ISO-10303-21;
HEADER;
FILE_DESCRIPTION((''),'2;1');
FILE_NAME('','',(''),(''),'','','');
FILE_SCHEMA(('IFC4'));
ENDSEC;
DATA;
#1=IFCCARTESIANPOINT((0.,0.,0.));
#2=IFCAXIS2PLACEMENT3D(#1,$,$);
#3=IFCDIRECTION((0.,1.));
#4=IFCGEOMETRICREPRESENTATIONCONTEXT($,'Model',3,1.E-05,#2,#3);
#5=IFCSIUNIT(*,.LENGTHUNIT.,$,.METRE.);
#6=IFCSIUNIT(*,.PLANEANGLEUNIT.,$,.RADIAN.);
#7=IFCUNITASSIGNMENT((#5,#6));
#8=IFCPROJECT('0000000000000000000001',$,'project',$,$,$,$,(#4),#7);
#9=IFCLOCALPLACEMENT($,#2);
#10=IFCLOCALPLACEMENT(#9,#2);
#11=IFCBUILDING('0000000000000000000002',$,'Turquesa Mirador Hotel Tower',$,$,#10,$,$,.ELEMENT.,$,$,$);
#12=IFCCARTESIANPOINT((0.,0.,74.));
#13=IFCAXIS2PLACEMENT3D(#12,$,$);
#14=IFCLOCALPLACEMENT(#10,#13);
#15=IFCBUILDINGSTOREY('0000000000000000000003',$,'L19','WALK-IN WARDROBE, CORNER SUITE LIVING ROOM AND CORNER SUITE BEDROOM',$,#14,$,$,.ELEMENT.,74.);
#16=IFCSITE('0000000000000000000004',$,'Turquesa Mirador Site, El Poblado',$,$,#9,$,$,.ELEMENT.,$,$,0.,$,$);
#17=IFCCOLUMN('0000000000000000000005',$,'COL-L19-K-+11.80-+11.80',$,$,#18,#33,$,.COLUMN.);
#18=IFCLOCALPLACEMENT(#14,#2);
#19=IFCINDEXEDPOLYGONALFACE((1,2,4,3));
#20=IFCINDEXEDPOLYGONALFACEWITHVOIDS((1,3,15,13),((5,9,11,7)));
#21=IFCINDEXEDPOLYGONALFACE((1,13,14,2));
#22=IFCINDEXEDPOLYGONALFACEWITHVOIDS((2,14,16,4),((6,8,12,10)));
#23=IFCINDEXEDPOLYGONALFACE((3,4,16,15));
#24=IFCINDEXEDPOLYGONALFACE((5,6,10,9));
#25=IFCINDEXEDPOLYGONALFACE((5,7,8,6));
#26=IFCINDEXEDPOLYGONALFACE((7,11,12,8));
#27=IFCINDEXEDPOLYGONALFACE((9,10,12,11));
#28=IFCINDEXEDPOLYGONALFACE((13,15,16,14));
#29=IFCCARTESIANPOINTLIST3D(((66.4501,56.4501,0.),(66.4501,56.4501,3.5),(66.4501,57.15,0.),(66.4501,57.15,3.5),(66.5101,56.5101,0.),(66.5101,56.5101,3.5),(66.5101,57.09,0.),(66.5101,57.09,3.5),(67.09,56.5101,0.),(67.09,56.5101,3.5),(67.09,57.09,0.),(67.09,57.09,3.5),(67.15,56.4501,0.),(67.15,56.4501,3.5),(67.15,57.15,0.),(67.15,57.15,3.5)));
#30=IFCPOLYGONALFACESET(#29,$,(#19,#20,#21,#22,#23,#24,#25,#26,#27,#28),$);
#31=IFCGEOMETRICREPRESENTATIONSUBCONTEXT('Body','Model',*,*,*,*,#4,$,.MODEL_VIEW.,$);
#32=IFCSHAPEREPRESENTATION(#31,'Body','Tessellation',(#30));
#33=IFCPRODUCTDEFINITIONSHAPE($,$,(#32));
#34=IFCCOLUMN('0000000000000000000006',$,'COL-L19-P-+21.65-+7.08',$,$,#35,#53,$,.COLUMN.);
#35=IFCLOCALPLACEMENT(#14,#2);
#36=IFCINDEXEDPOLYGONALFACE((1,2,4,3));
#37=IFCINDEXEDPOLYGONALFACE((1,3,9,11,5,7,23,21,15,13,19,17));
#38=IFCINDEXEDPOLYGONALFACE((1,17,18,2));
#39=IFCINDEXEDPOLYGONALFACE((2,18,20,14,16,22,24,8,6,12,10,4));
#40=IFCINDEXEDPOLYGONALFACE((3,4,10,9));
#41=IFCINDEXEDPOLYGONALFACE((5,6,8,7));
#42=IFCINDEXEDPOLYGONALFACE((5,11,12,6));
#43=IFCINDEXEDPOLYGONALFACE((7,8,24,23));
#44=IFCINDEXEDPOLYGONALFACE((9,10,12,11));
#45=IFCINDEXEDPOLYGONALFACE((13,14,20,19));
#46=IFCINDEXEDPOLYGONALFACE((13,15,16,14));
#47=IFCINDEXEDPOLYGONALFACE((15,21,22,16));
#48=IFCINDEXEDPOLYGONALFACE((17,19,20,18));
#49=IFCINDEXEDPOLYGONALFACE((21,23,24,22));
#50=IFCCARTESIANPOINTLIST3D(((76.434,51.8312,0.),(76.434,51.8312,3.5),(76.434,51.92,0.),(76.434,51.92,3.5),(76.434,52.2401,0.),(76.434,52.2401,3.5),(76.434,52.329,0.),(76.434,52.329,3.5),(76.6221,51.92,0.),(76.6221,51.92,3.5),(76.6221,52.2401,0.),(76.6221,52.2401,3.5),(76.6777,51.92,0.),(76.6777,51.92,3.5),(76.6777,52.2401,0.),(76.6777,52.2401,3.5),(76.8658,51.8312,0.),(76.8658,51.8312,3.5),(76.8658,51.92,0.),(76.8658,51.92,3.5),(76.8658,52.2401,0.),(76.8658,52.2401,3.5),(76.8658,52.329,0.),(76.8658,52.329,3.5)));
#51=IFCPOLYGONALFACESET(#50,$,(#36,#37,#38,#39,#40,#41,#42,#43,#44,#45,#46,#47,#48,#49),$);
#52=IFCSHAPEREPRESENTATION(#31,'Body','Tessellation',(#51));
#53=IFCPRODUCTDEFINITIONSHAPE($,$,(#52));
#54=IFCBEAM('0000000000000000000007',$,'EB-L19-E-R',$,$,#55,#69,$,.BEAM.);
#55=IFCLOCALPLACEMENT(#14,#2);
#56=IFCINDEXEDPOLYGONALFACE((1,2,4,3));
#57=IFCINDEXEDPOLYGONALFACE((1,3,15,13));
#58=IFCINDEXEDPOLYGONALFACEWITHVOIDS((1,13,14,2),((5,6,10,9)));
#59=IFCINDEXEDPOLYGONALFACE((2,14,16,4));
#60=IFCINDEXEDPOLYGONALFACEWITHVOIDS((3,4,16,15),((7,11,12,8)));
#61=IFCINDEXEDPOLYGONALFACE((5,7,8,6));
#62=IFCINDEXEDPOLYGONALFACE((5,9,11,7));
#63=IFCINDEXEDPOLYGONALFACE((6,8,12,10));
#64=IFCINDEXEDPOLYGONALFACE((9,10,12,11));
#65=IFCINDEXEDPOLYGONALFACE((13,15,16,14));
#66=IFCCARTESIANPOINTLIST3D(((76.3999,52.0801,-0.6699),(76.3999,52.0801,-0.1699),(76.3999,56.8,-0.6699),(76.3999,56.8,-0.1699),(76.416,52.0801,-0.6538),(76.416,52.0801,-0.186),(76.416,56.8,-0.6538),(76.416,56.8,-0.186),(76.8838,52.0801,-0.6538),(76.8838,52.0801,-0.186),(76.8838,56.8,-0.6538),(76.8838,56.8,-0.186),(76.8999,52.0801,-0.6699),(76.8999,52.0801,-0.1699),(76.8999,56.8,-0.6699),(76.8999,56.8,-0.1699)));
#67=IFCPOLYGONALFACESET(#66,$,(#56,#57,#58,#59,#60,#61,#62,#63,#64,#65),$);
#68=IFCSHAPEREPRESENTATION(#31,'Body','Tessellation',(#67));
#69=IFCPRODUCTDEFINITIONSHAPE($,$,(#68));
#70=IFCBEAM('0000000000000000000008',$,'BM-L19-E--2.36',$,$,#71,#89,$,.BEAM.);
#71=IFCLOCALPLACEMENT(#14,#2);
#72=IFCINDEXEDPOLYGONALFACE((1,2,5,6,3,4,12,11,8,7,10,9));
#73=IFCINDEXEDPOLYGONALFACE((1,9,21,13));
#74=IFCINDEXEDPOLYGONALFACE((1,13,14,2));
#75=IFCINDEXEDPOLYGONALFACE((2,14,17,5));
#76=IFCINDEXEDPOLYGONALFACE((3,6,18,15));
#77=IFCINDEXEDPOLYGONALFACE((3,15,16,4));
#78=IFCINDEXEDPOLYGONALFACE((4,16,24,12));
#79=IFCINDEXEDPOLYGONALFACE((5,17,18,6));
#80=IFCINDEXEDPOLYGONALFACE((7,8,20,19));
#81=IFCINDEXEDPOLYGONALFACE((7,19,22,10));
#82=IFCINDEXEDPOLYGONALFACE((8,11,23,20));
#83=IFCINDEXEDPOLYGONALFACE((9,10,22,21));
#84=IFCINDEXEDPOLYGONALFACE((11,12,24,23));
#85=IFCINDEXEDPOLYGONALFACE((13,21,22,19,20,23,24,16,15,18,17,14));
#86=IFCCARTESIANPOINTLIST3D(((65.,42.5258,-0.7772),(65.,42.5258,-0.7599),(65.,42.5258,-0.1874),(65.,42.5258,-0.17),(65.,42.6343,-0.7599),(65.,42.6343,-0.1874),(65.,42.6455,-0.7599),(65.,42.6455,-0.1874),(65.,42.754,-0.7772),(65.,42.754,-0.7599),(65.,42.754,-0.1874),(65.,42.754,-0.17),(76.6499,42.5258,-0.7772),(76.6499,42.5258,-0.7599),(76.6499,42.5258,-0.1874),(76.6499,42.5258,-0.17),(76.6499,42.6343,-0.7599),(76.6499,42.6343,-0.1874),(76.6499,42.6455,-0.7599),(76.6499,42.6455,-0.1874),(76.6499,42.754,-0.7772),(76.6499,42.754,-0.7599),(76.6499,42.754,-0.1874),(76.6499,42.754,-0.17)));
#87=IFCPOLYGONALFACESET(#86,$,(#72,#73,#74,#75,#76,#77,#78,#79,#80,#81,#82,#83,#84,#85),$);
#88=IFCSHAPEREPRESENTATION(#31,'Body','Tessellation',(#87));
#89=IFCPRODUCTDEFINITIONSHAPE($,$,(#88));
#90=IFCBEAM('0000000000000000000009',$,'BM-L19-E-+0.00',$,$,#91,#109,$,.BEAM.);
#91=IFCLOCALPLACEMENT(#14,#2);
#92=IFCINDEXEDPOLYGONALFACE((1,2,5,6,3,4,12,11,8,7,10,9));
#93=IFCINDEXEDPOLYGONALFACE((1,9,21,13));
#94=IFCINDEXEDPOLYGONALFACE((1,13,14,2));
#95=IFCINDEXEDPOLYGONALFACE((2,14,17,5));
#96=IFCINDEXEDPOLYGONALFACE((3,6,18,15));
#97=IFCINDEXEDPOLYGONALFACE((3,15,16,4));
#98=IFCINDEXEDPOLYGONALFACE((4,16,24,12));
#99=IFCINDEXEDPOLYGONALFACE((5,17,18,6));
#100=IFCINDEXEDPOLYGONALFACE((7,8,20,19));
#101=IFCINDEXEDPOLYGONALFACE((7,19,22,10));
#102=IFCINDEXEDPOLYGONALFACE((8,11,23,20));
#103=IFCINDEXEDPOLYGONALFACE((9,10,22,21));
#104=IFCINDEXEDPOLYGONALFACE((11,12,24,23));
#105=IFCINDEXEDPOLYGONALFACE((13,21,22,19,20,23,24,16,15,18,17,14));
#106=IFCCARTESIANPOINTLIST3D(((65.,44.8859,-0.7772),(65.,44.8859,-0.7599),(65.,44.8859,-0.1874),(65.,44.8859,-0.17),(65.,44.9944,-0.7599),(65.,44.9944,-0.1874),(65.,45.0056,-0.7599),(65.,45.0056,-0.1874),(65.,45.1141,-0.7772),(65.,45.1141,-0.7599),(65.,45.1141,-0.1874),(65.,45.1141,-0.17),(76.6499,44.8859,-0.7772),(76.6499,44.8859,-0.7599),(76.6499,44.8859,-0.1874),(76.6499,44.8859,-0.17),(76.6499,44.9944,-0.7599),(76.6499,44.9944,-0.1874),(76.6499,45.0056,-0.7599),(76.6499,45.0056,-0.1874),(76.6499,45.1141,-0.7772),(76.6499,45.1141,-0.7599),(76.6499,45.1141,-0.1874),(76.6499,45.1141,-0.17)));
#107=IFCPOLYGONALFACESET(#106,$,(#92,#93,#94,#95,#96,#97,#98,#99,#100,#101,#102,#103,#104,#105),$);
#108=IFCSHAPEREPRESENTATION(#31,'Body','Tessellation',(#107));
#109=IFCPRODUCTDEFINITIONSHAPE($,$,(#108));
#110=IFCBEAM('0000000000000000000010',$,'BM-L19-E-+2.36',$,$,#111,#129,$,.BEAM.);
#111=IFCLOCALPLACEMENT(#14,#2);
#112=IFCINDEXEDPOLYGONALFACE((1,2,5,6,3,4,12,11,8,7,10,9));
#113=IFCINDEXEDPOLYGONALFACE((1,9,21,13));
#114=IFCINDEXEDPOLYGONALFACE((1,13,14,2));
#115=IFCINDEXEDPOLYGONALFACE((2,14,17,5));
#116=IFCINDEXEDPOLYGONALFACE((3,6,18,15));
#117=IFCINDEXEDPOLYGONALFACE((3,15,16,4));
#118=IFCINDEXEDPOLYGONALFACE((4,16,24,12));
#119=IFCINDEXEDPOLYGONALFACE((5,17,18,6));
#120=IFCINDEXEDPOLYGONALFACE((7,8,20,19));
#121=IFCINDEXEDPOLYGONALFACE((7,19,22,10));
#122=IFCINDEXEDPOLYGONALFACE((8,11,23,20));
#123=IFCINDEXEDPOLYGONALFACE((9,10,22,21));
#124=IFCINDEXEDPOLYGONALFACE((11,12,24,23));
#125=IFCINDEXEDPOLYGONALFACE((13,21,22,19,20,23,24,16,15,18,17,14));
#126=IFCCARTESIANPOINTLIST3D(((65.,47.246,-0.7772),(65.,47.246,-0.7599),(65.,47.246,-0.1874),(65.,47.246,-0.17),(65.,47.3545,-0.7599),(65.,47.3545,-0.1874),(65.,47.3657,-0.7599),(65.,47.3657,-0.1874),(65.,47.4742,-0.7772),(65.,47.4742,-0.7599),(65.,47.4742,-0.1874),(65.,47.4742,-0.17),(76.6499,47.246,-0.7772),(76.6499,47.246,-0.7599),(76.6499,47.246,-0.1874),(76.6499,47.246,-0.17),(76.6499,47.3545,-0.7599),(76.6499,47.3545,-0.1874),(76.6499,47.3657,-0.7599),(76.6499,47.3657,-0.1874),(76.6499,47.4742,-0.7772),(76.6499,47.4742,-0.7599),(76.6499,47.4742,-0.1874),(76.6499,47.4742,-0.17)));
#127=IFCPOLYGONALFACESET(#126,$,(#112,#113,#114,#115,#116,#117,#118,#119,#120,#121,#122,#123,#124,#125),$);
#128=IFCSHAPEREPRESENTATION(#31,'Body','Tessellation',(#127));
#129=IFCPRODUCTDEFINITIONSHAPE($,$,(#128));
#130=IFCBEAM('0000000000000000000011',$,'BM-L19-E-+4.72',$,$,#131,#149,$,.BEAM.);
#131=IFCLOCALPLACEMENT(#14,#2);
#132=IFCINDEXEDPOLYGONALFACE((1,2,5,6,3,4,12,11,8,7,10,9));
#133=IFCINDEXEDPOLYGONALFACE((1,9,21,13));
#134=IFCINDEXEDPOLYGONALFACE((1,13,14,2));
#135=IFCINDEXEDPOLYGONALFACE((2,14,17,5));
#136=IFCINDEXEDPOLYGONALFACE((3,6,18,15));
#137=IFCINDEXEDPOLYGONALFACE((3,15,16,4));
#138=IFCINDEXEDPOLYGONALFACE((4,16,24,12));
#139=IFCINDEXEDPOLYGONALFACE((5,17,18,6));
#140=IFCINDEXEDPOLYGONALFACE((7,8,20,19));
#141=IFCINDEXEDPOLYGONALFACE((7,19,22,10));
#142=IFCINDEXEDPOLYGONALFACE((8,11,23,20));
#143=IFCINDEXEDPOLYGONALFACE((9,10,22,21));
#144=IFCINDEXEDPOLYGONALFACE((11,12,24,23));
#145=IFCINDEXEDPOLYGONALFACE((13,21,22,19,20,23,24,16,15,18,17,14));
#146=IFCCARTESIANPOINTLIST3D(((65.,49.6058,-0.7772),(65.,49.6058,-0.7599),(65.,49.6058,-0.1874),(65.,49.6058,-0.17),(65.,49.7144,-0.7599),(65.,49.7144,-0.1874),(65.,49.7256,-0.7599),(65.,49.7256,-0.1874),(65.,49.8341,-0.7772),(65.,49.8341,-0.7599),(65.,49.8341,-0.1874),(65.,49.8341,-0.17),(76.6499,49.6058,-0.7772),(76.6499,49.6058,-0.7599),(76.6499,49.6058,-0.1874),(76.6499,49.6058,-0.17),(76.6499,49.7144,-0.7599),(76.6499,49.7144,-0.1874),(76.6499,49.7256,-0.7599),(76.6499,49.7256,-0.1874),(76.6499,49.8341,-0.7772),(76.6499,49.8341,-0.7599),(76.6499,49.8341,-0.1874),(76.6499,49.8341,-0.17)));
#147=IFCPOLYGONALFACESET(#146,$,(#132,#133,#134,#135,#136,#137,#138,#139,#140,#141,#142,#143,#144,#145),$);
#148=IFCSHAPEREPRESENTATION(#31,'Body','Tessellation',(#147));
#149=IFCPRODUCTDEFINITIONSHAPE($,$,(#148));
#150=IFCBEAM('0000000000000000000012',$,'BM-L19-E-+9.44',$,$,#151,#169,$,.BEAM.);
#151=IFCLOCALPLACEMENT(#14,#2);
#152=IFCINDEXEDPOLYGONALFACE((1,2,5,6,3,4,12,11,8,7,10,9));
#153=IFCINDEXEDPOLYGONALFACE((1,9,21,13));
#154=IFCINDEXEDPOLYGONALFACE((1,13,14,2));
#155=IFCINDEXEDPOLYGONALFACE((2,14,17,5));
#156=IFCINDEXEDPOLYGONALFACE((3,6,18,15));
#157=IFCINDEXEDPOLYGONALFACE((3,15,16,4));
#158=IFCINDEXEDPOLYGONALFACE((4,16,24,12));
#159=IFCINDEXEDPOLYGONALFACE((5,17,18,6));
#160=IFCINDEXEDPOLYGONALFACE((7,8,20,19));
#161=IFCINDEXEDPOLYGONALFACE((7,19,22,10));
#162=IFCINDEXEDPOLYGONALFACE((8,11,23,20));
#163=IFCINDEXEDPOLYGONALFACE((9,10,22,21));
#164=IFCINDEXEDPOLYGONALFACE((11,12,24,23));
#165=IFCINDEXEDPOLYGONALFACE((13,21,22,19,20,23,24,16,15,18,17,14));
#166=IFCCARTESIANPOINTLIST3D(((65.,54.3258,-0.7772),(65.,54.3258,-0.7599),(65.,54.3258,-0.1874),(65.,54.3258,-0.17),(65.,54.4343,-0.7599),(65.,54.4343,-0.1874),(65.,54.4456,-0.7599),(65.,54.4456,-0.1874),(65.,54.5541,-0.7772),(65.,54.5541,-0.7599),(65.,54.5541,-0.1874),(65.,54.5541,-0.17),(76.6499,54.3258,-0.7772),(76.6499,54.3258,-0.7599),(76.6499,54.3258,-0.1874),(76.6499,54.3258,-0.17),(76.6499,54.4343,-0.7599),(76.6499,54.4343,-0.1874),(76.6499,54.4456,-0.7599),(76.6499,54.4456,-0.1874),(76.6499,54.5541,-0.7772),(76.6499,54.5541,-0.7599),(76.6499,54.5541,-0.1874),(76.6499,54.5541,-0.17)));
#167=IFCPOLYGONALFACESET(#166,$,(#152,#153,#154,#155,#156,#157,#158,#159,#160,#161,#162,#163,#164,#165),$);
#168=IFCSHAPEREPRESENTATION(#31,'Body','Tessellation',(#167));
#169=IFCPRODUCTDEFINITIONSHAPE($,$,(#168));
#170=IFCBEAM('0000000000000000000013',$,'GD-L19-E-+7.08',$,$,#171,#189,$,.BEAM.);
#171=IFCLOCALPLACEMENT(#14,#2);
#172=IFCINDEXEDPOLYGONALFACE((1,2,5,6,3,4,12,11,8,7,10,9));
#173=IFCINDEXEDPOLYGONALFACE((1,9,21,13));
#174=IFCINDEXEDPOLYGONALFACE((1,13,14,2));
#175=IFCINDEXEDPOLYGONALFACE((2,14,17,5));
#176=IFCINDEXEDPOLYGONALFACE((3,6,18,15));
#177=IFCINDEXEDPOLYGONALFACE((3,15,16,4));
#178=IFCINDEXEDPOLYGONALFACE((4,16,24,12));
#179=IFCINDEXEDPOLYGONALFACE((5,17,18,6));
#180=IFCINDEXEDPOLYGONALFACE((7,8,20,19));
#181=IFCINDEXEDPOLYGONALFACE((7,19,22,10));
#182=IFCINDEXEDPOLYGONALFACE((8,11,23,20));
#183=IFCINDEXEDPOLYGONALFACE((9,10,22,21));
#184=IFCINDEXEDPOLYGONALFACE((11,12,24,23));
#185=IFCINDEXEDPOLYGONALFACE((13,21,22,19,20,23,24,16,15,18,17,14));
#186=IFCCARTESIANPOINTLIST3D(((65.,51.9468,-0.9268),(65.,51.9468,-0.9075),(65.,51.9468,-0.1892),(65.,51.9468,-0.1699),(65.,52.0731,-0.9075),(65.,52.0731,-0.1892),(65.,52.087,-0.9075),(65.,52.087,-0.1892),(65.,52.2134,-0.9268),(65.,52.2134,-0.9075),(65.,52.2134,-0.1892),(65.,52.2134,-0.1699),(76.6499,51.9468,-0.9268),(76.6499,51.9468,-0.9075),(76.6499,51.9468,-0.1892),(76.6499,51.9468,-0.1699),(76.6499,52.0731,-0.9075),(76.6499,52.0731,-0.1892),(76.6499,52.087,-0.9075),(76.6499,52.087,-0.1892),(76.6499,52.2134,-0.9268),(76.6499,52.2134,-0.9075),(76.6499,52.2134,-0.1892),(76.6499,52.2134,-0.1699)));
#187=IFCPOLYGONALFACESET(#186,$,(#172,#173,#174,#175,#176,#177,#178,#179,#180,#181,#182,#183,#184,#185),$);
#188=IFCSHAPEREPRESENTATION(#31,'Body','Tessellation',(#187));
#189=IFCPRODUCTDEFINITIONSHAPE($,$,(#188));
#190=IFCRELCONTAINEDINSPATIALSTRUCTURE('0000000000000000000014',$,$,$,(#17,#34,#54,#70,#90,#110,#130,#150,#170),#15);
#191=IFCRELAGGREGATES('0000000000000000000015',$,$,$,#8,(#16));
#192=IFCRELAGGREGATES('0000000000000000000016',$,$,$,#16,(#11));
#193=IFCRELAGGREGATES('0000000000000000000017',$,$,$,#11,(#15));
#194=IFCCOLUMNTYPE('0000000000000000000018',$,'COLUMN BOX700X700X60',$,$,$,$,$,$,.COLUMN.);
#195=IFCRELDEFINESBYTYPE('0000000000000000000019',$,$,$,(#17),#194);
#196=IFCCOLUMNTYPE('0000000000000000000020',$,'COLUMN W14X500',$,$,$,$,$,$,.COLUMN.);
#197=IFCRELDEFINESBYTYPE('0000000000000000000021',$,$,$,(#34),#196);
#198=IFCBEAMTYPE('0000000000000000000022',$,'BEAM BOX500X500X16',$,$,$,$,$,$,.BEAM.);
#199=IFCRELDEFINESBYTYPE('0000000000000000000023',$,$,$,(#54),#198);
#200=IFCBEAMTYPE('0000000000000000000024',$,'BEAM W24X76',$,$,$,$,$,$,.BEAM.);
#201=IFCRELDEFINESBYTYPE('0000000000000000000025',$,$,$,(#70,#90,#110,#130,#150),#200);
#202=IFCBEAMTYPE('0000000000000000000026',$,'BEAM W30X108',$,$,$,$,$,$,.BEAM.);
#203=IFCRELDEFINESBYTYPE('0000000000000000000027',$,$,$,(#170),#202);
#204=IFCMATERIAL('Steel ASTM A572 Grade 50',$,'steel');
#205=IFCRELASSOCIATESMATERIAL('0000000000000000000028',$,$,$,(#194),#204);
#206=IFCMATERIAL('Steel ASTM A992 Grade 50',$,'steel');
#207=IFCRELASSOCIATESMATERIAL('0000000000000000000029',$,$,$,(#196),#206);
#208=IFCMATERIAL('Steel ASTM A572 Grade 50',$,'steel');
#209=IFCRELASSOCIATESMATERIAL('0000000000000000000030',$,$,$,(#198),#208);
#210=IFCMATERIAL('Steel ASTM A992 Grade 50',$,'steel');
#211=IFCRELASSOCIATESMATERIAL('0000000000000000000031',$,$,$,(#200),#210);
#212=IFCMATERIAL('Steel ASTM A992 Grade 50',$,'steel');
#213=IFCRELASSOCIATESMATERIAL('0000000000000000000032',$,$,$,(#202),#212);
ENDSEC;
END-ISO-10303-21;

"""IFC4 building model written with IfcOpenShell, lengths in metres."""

from ifc_helpers import new_model, si_unit, direction, frame, origin, origin_2d, place, context, subcontext, project, spatial, hollow_rectangle, i_section, extrude, material, material_profile, profile_set, type_object, element, save


model = new_model("IFC4")

# Units and contexts
model_context = context("Model", 3, precision=1e-05, world=origin(), true_north=direction((0.0, 1.0)))
body_context = subcontext(model_context, "Body", "Model", "MODEL_VIEW")
ifc_project = project(units=[si_unit("LENGTHUNIT", "METRE"), si_unit("PLANEANGLEUNIT", "RADIAN")], contexts=[model_context])

# Site, building, storey
site_placement = place(None, origin())
site = spatial("IfcSite", under=ifc_project, at=site_placement, Name="Turquesa Mirador Site, El Poblado", CompositionType="ELEMENT", RefElevation=0.0)
building_placement = place(site_placement, origin())
building = spatial("IfcBuilding", under=site, at=building_placement, Name="Turquesa Mirador Hotel Tower", CompositionType="ELEMENT")
storey_placement = place(building_placement, frame((0.0, 0.0, 74.0)))
storey = spatial("IfcBuildingStorey", under=building, at=storey_placement, Name="L19", Description="WALK-IN WARDROBE, CORNER SUITE LIVING ROOM AND CORNER SUITE BEDROOM", CompositionType="ELEMENT", Elevation=74.0)

# Columns
ifc_material_1 = material(Name="Steel ASTM A572 Grade 50", Category="steel")
ifc_material_profile_1 = material_profile(ifc_material_1, hollow_rectangle(XDim=0.7, YDim=0.7, WallThickness=0.0601, at=origin_2d()), Name="BOX700X700X60")
ifc_profile_set_1 = profile_set([ifc_material_profile_1], Name="Steel ASTM A572 Grade 50")
column_type_1 = type_object("IfcColumnType", Name="COLUMN BOX700X700X60", PredefinedType="COLUMN", material=ifc_profile_set_1)
column_1_placement = place(storey_placement, frame((66.8, 56.8, 0.0), z_axis=(0.0, 0.0, 1.0), x_axis=(1.0, 0.0, 0.0)))
element("IfcColumn", 1, at=column_1_placement, inside=storey, type_object=column_type_1, Name="COL-L19-K-+11.80-+11.80", PredefinedType="COLUMN", context=body_context, shape_type="SweptSolid", body=[
    extrude(hollow_rectangle(XDim=0.7, YDim=0.7, WallThickness=0.0601, at=origin_2d()), origin(), (0.0, 0.0, 1.0), 3.5),
])
ifc_material_2 = material(Name="Steel ASTM A992 Grade 50", Category="steel")
ifc_material_profile_2 = material_profile(ifc_material_2, i_section(OverallWidth=0.4319, OverallDepth=0.4978, WebThickness=0.0557, FlangeThickness=0.0889, at=origin_2d()), Name="W14X500")
ifc_profile_set_2 = profile_set([ifc_material_profile_2], Name="Steel ASTM A992 Grade 50")
column_type_2 = type_object("IfcColumnType", Name="COLUMN W14X500", PredefinedType="COLUMN", material=ifc_profile_set_2)
column_2_placement = place(storey_placement, frame((76.6499, 52.0801, 0.0), z_axis=(0.0, 0.0, 1.0), x_axis=(1.0, 0.0, 0.0)))
element("IfcColumn", 2, at=column_2_placement, inside=storey, type_object=column_type_2, Name="COL-L19-P-+21.65-+7.08", PredefinedType="COLUMN", context=body_context, shape_type="SweptSolid", body=[
    extrude(i_section(OverallWidth=0.4319, OverallDepth=0.4978, WebThickness=0.0557, FlangeThickness=0.0889, at=origin_2d()), origin(), (0.0, 0.0, 1.0), 3.5),
])

# Beams
ifc_material_3 = material(Name="Steel ASTM A572 Grade 50", Category="steel")
ifc_material_profile_3 = material_profile(ifc_material_3, hollow_rectangle(XDim=0.5, YDim=0.5, WallThickness=0.0161, at=origin_2d()), Name="BOX500X500X16")
ifc_profile_set_3 = profile_set([ifc_material_profile_3], Name="Steel ASTM A572 Grade 50")
beam_type_1 = type_object("IfcBeamType", Name="BEAM BOX500X500X16", PredefinedType="BEAM", material=ifc_profile_set_3)
beam_1_placement = place(storey_placement, frame((76.6499, 52.0801, -0.4199), z_axis=(0.0, 1.0, 0.0), x_axis=(-1.0, 0.0, 0.0)))
element("IfcBeam", 3, at=beam_1_placement, inside=storey, type_object=beam_type_1, Name="EB-L19-E-R", PredefinedType="BEAM", context=body_context, shape_type="SweptSolid", body=[
    extrude(hollow_rectangle(XDim=0.5, YDim=0.5, WallThickness=0.0161, at=origin_2d()), origin(), (0.0, 0.0, 1.0), 4.72),
])
ifc_material_4 = material(Name="Steel ASTM A992 Grade 50", Category="steel")
ifc_material_profile_4 = material_profile(ifc_material_4, i_section(OverallWidth=0.2283, OverallDepth=0.6072, WebThickness=0.0112, FlangeThickness=0.0173, at=origin_2d()), Name="W24X76")
ifc_profile_set_4 = profile_set([ifc_material_profile_4], Name="Steel ASTM A992 Grade 50")
beam_type_2 = type_object("IfcBeamType", Name="BEAM W24X76", PredefinedType="BEAM", material=ifc_profile_set_4)
for number, where, z_axis, x_axis, name in (
    (4, (76.6499, 42.6399, -0.4736), (-1.0, 0.0, 0.0), (0.0, -1.0, 0.0), "BM-L19-E--2.36"),
    (5, (76.6499, 45.0, -0.4736), (-1.0, 0.0, 0.0), (0.0, -1.0, 0.0), "BM-L19-E-+0.00"),
    (6, (76.6499, 47.3601, -0.4736), (-1.0, 0.0, 0.0), (0.0, -1.0, 0.0), "BM-L19-E-+2.36"),
    (7, (76.6499, 49.72, -0.4736), (-1.0, 0.0, 0.0), (0.0, -1.0, 0.0), "BM-L19-E-+4.72"),
    (8, (76.6499, 54.4399, -0.4736), (-1.0, 0.0, 0.0), (0.0, -1.0, 0.0), "BM-L19-E-+9.44"),
):
    element("IfcBeam", number, at=place(storey_placement, frame(where, z_axis=z_axis, x_axis=x_axis)), inside=storey, type_object=beam_type_2, Name=name, PredefinedType="BEAM", context=body_context, shape_type="SweptSolid", body=[
        extrude(i_section(OverallWidth=0.2283, OverallDepth=0.6072, WebThickness=0.0112, FlangeThickness=0.0173, at=origin_2d()), origin(), (0.0, 0.0, 1.0), 11.6499),
    ])
ifc_material_5 = material(Name="Steel ASTM A992 Grade 50", Category="steel")
ifc_material_profile_5 = material_profile(ifc_material_5, i_section(OverallWidth=0.2666, OverallDepth=0.7568, WebThickness=0.0139, FlangeThickness=0.0193, at=origin_2d()), Name="W30X108")
ifc_profile_set_5 = profile_set([ifc_material_profile_5], Name="Steel ASTM A992 Grade 50")
beam_type_3 = type_object("IfcBeamType", Name="BEAM W30X108", PredefinedType="BEAM", material=ifc_profile_set_5)
beam_2_placement = place(storey_placement, frame((76.6499, 52.0801, -0.5483), z_axis=(-1.0, 0.0, 0.0), x_axis=(0.0, -1.0, 0.0)))
element("IfcBeam", 9, at=beam_2_placement, inside=storey, type_object=beam_type_3, Name="GD-L19-E-+7.08", PredefinedType="BEAM", context=body_context, shape_type="SweptSolid", body=[
    extrude(i_section(OverallWidth=0.2666, OverallDepth=0.7568, WebThickness=0.0139, FlangeThickness=0.0193, at=origin_2d()), origin(), (0.0, 0.0, 1.0), 11.6499),
])

save(model, "model.ifc")
